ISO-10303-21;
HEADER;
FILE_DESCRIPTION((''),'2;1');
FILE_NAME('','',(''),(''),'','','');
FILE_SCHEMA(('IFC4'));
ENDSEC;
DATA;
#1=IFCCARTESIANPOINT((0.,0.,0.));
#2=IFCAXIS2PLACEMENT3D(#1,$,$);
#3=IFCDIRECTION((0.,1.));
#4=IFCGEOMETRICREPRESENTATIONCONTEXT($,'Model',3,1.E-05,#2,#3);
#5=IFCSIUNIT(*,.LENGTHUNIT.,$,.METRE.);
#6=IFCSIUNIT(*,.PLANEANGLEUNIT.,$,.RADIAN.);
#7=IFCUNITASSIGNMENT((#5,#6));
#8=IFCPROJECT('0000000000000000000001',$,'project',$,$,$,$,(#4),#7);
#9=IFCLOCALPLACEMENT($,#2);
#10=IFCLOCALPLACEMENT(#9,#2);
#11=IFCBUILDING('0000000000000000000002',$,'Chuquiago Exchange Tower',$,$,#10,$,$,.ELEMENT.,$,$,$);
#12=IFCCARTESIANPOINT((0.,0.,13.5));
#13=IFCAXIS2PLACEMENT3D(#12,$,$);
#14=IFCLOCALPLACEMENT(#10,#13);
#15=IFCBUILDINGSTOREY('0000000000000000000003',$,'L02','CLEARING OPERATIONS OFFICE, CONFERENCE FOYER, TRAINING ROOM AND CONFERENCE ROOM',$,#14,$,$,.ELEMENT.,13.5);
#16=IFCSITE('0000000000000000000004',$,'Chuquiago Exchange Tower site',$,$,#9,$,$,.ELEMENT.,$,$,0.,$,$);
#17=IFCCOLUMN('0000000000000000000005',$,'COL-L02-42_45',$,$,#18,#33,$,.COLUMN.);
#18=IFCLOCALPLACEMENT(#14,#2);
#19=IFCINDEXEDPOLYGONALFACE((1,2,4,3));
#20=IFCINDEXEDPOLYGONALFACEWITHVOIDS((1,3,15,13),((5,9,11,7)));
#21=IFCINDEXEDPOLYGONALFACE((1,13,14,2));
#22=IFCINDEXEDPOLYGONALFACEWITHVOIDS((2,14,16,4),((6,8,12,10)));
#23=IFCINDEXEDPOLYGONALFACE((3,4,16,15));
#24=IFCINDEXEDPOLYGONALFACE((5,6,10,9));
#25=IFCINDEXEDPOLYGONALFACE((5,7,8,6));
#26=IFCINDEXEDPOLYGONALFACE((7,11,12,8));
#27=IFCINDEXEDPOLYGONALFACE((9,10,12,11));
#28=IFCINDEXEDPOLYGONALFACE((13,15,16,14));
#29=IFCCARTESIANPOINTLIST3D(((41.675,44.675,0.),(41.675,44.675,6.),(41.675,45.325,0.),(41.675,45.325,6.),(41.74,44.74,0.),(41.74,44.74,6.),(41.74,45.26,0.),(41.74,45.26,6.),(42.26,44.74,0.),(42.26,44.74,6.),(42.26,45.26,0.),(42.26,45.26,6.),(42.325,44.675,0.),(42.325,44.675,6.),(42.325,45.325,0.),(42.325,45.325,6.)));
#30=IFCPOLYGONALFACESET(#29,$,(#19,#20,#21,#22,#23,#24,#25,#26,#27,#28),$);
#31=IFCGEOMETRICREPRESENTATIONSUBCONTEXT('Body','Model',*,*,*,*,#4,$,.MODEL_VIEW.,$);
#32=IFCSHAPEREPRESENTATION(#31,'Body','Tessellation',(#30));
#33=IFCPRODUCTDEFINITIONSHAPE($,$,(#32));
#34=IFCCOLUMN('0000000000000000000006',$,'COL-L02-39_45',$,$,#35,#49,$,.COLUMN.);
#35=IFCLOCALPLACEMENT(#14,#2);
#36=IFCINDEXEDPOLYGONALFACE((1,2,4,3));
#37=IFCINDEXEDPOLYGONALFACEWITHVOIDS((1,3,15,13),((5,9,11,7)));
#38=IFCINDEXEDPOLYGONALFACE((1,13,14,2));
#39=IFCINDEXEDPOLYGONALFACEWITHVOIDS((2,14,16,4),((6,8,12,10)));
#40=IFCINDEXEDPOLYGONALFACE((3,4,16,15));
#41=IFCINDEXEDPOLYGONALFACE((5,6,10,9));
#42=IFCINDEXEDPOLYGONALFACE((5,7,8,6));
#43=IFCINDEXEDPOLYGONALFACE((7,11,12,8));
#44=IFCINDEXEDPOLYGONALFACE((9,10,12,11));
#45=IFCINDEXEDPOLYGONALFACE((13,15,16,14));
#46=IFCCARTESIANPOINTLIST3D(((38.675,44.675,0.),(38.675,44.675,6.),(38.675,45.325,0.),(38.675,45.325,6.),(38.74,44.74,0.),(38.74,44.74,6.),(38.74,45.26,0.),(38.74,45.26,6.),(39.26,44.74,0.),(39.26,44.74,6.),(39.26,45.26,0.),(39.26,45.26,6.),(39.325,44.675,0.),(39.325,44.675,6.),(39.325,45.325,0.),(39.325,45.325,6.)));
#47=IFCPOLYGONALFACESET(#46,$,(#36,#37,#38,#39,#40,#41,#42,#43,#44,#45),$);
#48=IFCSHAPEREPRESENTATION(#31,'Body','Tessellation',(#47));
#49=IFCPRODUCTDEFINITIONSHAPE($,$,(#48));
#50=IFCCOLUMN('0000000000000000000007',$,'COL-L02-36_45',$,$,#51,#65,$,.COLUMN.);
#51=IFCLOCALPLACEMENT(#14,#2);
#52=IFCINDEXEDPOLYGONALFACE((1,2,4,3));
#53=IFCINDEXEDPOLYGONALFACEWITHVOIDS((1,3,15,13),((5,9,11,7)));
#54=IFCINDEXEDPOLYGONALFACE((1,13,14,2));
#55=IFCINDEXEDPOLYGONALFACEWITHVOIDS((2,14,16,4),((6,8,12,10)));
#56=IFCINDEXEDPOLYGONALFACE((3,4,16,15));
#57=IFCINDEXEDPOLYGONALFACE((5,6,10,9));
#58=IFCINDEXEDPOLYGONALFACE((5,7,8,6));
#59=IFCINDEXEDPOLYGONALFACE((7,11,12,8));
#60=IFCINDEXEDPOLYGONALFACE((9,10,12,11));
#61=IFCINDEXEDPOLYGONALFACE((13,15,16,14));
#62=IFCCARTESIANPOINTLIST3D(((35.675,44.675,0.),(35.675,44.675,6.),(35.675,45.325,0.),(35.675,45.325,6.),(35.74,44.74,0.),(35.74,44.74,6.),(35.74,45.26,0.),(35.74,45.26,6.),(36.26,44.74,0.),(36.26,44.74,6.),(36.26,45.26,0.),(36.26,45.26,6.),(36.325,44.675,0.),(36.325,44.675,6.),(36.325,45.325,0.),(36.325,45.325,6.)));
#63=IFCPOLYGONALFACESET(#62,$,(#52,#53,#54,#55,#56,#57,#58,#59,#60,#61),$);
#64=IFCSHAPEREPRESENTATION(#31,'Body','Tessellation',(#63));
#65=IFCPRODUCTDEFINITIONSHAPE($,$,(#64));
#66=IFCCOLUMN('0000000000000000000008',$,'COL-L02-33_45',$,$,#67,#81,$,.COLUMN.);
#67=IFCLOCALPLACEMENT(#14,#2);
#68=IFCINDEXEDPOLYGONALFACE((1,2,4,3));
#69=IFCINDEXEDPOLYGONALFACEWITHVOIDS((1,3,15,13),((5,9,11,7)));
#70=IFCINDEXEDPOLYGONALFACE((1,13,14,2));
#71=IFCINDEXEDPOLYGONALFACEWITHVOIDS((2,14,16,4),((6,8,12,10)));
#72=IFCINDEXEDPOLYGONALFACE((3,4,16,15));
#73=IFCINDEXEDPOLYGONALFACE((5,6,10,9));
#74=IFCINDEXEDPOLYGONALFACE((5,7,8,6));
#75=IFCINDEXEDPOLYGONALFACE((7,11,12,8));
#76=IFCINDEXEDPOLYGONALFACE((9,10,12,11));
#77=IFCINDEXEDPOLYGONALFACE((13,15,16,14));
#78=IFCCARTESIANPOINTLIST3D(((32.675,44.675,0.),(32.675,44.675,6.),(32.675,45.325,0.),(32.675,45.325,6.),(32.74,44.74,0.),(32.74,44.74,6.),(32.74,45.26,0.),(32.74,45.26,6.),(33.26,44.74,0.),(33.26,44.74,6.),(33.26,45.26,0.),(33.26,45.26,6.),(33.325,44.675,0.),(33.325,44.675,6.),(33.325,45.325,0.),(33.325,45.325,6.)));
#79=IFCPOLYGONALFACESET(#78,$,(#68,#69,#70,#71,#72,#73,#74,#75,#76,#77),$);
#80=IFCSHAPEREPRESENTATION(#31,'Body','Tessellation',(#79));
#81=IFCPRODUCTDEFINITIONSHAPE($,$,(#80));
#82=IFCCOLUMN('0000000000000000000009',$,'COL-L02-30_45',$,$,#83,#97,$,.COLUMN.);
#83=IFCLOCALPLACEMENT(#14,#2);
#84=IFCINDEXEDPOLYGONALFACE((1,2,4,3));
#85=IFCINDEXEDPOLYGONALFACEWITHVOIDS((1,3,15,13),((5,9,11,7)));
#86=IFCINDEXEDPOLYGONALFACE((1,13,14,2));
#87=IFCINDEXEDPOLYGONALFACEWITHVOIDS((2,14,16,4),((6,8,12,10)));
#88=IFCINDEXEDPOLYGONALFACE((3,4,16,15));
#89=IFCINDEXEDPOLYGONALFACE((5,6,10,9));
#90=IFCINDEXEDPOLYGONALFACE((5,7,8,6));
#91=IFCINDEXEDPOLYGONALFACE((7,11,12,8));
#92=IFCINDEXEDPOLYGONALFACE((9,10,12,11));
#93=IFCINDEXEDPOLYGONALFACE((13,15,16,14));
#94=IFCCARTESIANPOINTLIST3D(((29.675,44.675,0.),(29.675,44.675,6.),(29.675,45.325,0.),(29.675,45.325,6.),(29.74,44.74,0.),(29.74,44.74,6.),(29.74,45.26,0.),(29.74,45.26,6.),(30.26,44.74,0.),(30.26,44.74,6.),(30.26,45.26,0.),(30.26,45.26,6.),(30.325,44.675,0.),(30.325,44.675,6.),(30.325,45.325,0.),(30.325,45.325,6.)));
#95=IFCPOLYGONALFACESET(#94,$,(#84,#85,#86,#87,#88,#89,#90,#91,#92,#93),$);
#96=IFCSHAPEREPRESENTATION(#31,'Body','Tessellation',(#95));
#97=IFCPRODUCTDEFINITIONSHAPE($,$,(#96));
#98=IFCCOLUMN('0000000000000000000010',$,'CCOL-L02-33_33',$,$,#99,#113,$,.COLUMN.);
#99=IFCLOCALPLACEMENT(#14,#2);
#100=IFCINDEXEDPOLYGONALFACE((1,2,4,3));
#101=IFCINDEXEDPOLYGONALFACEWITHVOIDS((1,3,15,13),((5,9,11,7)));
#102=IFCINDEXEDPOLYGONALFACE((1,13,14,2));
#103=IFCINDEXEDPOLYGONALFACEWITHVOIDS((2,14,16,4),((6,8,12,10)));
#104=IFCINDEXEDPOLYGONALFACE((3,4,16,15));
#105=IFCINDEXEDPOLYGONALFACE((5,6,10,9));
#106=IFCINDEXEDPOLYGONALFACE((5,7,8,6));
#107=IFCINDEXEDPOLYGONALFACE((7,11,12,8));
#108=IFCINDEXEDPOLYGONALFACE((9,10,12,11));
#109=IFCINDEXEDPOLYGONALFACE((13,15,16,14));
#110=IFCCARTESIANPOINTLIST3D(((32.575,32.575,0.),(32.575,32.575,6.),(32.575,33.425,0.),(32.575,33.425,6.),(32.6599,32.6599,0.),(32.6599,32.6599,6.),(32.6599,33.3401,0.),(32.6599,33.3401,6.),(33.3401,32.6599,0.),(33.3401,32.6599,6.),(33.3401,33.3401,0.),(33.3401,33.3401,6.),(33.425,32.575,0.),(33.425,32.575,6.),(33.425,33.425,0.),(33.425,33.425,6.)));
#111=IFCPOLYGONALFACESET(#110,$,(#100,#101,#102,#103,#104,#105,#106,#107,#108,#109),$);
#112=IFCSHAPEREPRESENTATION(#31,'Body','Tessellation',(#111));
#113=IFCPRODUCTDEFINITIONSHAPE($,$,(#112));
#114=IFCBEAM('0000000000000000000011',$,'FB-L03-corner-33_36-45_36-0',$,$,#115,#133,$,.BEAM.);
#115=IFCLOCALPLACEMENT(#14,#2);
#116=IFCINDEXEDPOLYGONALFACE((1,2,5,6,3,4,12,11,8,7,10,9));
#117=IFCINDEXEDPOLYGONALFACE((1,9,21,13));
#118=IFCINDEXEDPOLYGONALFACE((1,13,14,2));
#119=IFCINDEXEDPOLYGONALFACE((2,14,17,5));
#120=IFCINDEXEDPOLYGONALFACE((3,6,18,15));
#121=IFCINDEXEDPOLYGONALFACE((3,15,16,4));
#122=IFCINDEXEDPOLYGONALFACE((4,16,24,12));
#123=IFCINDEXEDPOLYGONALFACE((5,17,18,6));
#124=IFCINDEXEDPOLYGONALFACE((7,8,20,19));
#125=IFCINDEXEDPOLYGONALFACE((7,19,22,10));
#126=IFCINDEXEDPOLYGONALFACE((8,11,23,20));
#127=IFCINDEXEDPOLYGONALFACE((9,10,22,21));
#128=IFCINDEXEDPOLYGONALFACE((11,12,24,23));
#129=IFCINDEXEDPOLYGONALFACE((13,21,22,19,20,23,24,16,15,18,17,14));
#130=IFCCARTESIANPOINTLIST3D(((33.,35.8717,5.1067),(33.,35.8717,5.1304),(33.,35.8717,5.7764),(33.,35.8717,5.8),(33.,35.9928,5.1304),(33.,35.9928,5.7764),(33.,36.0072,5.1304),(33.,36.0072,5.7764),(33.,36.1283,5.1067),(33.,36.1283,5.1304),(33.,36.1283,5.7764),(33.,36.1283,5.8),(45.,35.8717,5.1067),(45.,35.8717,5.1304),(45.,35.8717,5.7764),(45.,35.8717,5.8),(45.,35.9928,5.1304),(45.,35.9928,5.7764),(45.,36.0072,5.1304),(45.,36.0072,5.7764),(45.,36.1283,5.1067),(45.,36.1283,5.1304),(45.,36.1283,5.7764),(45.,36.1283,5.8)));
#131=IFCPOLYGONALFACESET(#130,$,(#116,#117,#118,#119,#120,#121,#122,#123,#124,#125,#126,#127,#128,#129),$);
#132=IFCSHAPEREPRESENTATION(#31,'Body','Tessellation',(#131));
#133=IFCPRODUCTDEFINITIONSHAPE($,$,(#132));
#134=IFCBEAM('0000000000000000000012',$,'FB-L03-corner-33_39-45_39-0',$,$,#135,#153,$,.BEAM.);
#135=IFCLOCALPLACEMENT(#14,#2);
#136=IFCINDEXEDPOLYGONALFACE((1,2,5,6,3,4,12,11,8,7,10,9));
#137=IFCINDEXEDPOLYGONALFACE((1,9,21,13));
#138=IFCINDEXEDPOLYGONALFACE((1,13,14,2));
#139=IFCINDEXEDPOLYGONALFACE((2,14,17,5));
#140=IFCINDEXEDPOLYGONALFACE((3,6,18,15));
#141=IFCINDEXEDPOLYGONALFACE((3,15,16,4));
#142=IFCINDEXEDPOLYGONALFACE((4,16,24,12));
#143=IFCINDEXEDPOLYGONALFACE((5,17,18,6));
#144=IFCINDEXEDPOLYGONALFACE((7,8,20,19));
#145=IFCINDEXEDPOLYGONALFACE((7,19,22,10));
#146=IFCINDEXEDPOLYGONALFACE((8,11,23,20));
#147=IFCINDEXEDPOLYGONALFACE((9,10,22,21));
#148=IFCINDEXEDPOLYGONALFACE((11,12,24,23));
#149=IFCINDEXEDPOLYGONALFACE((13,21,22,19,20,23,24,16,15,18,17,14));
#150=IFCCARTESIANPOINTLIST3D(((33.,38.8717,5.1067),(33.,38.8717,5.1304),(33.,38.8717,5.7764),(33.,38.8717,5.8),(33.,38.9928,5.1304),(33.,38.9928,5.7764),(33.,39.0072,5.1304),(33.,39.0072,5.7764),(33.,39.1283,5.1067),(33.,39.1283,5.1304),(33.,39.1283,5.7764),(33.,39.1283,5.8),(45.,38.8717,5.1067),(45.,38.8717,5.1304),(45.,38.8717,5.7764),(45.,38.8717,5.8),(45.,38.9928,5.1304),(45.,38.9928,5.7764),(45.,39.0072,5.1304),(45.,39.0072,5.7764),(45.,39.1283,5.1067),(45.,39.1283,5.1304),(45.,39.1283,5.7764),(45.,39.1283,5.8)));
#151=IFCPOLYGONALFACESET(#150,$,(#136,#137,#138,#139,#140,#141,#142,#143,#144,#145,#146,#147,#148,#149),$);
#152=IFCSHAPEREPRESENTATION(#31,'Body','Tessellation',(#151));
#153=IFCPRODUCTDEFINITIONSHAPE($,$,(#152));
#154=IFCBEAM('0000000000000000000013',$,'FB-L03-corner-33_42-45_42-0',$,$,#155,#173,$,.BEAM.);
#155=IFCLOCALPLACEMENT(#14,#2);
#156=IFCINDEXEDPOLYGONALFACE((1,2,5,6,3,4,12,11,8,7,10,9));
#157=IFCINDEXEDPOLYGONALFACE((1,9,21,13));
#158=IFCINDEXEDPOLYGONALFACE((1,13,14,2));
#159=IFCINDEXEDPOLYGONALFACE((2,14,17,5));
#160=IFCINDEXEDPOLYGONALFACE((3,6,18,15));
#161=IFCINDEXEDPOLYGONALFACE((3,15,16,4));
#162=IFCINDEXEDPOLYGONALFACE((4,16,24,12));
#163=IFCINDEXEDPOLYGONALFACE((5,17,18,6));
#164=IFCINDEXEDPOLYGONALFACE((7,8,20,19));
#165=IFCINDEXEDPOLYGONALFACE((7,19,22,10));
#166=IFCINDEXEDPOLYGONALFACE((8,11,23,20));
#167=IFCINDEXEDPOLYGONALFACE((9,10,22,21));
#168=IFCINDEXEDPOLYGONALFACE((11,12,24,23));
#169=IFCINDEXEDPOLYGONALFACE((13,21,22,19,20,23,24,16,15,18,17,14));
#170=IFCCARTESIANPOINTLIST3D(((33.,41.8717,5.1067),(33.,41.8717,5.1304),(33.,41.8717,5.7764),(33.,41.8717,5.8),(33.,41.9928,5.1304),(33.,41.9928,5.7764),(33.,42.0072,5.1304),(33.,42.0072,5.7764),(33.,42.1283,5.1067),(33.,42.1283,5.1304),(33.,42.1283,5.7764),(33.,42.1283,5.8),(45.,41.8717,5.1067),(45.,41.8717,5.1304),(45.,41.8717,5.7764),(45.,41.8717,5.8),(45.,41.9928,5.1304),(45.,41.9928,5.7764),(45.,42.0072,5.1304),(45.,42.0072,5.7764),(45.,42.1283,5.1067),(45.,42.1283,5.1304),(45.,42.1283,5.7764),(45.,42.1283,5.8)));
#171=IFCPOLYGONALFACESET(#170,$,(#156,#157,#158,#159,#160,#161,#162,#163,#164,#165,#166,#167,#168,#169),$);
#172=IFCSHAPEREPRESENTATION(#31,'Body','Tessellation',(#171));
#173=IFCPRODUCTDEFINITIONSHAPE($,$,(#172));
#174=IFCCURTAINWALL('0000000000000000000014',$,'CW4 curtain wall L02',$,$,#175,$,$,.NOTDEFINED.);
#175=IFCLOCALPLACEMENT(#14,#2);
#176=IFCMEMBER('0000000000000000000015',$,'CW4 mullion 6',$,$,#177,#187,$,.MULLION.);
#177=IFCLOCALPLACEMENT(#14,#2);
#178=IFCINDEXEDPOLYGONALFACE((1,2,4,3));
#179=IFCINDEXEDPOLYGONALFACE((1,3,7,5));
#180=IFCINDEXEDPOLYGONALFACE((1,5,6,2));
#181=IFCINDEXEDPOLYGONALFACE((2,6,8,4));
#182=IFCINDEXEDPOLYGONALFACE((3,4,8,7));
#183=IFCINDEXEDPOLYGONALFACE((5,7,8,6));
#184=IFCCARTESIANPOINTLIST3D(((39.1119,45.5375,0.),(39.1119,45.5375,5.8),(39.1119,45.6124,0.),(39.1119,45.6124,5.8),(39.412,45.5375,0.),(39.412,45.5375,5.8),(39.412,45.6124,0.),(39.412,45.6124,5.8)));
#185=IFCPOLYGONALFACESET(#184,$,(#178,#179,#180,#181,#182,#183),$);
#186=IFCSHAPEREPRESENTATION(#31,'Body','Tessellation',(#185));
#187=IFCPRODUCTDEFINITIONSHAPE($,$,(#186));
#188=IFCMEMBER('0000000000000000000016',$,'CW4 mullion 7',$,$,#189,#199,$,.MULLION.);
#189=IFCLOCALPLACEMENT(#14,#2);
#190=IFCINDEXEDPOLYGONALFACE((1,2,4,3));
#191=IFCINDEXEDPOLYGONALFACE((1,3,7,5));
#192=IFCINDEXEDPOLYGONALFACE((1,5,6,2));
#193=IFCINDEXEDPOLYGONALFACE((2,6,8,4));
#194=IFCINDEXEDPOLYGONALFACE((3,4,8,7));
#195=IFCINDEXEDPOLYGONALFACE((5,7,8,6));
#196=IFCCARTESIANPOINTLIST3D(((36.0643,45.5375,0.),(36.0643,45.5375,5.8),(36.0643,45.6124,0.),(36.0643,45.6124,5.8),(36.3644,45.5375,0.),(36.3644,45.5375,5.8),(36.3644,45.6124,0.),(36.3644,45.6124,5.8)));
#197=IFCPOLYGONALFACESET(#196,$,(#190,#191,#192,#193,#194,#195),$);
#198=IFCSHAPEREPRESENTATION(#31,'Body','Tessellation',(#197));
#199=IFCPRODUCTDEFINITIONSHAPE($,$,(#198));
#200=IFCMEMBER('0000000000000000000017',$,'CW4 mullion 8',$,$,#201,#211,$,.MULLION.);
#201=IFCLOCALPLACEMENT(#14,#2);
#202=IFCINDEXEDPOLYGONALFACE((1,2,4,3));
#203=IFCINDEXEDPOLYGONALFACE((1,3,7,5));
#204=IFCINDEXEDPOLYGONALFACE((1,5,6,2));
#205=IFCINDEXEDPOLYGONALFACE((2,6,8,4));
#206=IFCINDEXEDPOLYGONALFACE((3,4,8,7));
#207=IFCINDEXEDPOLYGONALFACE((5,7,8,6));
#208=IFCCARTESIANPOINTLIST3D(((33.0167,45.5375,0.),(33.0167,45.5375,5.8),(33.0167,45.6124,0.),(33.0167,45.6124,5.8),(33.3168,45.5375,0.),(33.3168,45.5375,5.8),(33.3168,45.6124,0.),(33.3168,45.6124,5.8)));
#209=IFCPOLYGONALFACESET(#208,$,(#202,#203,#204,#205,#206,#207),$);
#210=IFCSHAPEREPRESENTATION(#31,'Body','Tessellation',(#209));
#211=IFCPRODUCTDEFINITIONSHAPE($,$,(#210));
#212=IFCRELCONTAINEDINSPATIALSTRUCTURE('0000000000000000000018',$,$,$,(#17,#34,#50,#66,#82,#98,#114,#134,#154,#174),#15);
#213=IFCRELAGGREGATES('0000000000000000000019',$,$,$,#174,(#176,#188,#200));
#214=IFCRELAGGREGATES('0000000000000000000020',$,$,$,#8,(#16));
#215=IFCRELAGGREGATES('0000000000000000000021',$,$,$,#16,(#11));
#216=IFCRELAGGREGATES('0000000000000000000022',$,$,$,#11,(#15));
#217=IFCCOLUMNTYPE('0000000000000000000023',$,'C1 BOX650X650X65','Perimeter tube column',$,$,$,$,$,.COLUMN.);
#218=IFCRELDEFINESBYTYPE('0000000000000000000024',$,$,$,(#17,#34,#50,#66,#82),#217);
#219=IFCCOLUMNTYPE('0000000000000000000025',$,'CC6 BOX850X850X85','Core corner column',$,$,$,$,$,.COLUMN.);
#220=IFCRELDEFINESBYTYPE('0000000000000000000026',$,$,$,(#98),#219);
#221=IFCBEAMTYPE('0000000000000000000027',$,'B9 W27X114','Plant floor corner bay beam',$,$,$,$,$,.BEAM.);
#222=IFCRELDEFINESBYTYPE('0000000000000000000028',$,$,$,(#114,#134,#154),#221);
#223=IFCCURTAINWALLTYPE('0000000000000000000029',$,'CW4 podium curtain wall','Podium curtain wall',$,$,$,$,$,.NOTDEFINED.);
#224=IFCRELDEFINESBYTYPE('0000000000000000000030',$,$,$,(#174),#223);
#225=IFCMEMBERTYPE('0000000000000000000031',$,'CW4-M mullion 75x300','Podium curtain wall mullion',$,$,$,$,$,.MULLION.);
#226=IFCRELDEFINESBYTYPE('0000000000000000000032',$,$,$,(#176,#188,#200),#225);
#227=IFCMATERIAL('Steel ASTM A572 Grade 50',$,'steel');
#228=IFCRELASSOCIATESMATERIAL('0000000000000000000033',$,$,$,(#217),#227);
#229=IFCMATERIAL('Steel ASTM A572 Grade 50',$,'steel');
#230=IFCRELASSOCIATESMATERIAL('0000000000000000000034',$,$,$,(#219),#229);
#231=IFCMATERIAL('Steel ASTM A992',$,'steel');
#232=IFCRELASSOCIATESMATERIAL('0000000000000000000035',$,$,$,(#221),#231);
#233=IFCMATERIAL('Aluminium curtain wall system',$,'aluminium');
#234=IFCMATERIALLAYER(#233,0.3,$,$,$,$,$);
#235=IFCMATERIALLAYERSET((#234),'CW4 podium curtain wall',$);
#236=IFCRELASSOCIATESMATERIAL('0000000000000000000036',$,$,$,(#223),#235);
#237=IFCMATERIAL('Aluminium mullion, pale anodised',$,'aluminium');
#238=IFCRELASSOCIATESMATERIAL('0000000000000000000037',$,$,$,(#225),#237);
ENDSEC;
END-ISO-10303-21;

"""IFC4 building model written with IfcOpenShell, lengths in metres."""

from ifc_helpers import new_model, si_unit, direction, frame, origin, origin_2d, place, context, subcontext, project, spatial, rectangle, hollow_rectangle, i_section, extrude, material, layer, layer_set, material_profile, profile_set, type_object, element, aggregate, save


model = new_model("IFC4")

# Units and contexts
model_context = context("Model", 3, precision=1e-05, world=origin(), true_north=direction((0.0, 1.0)))
body_context = subcontext(model_context, "Body", "Model", "MODEL_VIEW")
ifc_project = project(units=[si_unit("LENGTHUNIT", "METRE"), si_unit("PLANEANGLEUNIT", "RADIAN")], contexts=[model_context])

# Site, building, storey
site_placement = place(None, origin())
site = spatial("IfcSite", under=ifc_project, at=site_placement, Name="Chuquiago Exchange Tower site", CompositionType="ELEMENT", RefElevation=0.0)
building_placement = place(site_placement, origin())
building = spatial("IfcBuilding", under=site, at=building_placement, Name="Chuquiago Exchange Tower", CompositionType="ELEMENT")
storey_placement = place(building_placement, frame((0.0, 0.0, 13.5)))
storey = spatial("IfcBuildingStorey", under=building, at=storey_placement, Name="L02", Description="CLEARING OPERATIONS OFFICE, CONFERENCE FOYER, TRAINING ROOM AND CONFERENCE ROOM", CompositionType="ELEMENT", Elevation=13.5)

# Columns
ifc_material_1 = material(Name="Steel ASTM A572 Grade 50", Category="steel")
ifc_material_profile_1 = material_profile(ifc_material_1, hollow_rectangle(XDim=0.6499, YDim=0.6499, WallThickness=0.0649, at=origin_2d()), Name="BOX650X650X65")
ifc_profile_set_1 = profile_set([ifc_material_profile_1], Name="Steel ASTM A572 Grade 50")
column_type_1 = type_object("IfcColumnType", Name="C1 BOX650X650X65", Description="Perimeter tube column", PredefinedType="COLUMN", material=ifc_profile_set_1)
for number, where, z_axis, x_axis, name in (
    (1, (42.0, 45.0, 0.0), (0.0, 0.0, 1.0), (0.0, 1.0, 0.0), "COL-L02-42_45"),
    (2, (39.0, 45.0, 0.0), (0.0, 0.0, 1.0), (0.0, 1.0, 0.0), "COL-L02-39_45"),
    (3, (36.0, 45.0, 0.0), (0.0, 0.0, 1.0), (0.0, 1.0, 0.0), "COL-L02-36_45"),
    (4, (33.0, 45.0, 0.0), (0.0, 0.0, 1.0), (0.0, 1.0, 0.0), "COL-L02-33_45"),
    (5, (30.0, 45.0, 0.0), (0.0, 0.0, 1.0), (0.0, 1.0, 0.0), "COL-L02-30_45"),
):
    element("IfcColumn", number, at=place(storey_placement, frame(where, z_axis=z_axis, x_axis=x_axis)), inside=storey, type_object=column_type_1, Name=name, PredefinedType="COLUMN", context=body_context, shape_type="SweptSolid", body=[
        extrude(hollow_rectangle(XDim=0.6499, YDim=0.6499, WallThickness=0.0649, at=origin_2d()), origin(), (0.0, 0.0, 1.0), 6.0),
    ])
ifc_material_2 = material(Name="Steel ASTM A572 Grade 50", Category="steel")
ifc_material_profile_2 = material_profile(ifc_material_2, hollow_rectangle(XDim=0.8501, YDim=0.8501, WallThickness=0.085, at=origin_2d()), Name="BOX850X850X85")
ifc_profile_set_2 = profile_set([ifc_material_profile_2], Name="Steel ASTM A572 Grade 50")
column_type_2 = type_object("IfcColumnType", Name="CC6 BOX850X850X85", Description="Core corner column", PredefinedType="COLUMN", material=ifc_profile_set_2)
column_placement = place(storey_placement, frame((33.0, 33.0, 0.0), z_axis=(0.0, 0.0, 1.0), x_axis=(1.0, 0.0, 0.0)))
element("IfcColumn", 6, at=column_placement, inside=storey, type_object=column_type_2, Name="CCOL-L02-33_33", PredefinedType="COLUMN", context=body_context, shape_type="SweptSolid", body=[
    extrude(hollow_rectangle(XDim=0.8501, YDim=0.8501, WallThickness=0.085, at=origin_2d()), origin(), (0.0, 0.0, 1.0), 6.0),
])

# Beams
ifc_material_3 = material(Name="Steel ASTM A992", Category="steel")
ifc_material_profile_3 = material_profile(ifc_material_3, i_section(OverallWidth=0.2566, OverallDepth=0.6934, WebThickness=0.0144, FlangeThickness=0.0237, at=origin_2d()), Name="W27X114")
ifc_profile_set_3 = profile_set([ifc_material_profile_3], Name="Steel ASTM A992")
beam_type_1 = type_object("IfcBeamType", Name="B9 W27X114", Description="Plant floor corner bay beam", PredefinedType="BEAM", material=ifc_profile_set_3)
for number, where, z_axis, x_axis, name in (
    (7, (33.0, 36.0, 5.4534), (1.0, 0.0, 0.0), (0.0, 1.0, 0.0), "FB-L03-corner-33_36-45_36-0"),
    (8, (33.0, 39.0, 5.4534), (1.0, 0.0, 0.0), (0.0, 1.0, 0.0), "FB-L03-corner-33_39-45_39-0"),
    (9, (33.0, 42.0, 5.4534), (1.0, 0.0, 0.0), (0.0, 1.0, 0.0), "FB-L03-corner-33_42-45_42-0"),
):
    element("IfcBeam", number, at=place(storey_placement, frame(where, z_axis=z_axis, x_axis=x_axis)), inside=storey, type_object=beam_type_1, Name=name, PredefinedType="BEAM", context=body_context, shape_type="SweptSolid", body=[
        extrude(i_section(OverallWidth=0.2566, OverallDepth=0.6934, WebThickness=0.0144, FlangeThickness=0.0237, at=origin_2d()), origin(), (0.0, 0.0, 1.0), 12.0),
    ])

# Curtain wall, members
ifc_material_4 = material(Name="Aluminium curtain wall system", Category="aluminium")
ifc_layer_1 = layer(ifc_material_4, 0.3)
ifc_layer_set_1 = layer_set([ifc_layer_1], Name="CW4 podium curtain wall")
curtain_wall_type = type_object("IfcCurtainWallType", Name="CW4 podium curtain wall", Description="Podium curtain wall", PredefinedType="NOTDEFINED", material=ifc_layer_set_1)
curtain_wall_placement = place(storey_placement, origin())
curtain_wall = element("IfcCurtainWall", 10, at=curtain_wall_placement, inside=storey, type_object=curtain_wall_type, Name="CW4 curtain wall L02", PredefinedType="NOTDEFINED")
ifc_material_5 = material(Name="Aluminium mullion, pale anodised", Category="aluminium")
ifc_material_profile_4 = material_profile(ifc_material_5, rectangle(XDim=0.075, YDim=0.3, at=origin_2d()), Name="AL 75x300")
ifc_profile_set_4 = profile_set([ifc_material_profile_4], Name="Aluminium mullion, pale anodised")
member_type_1 = type_object("IfcMemberType", Name="CW4-M mullion 75x300", Description="Podium curtain wall mullion", PredefinedType="MULLION", material=ifc_profile_set_4)
member_1_placement = place(storey_placement, frame((39.262, 45.575, 0.0), z_axis=(0.0, 0.0, 1.0), x_axis=(0.0, -1.0, 0.0)))
member_1 = element("IfcMember", 11, at=member_1_placement, type_object=member_type_1, Name="CW4 mullion 6", PredefinedType="MULLION", context=body_context, shape_type="SweptSolid", body=[
    extrude(rectangle(XDim=0.075, YDim=0.3, at=origin_2d()), origin(), (0.0, 0.0, 1.0), 5.8),
])
member_2_placement = place(storey_placement, frame((36.2144, 45.575, 0.0), z_axis=(0.0, 0.0, 1.0), x_axis=(0.0, -1.0, 0.0)))
member_2 = element("IfcMember", 12, at=member_2_placement, type_object=member_type_1, Name="CW4 mullion 7", PredefinedType="MULLION", context=body_context, shape_type="SweptSolid", body=[
    extrude(rectangle(XDim=0.075, YDim=0.3, at=origin_2d()), origin(), (0.0, 0.0, 1.0), 5.8),
])
member_3_placement = place(storey_placement, frame((33.1667, 45.575, 0.0), z_axis=(0.0, 0.0, 1.0), x_axis=(0.0, -1.0, 0.0)))
member_3 = element("IfcMember", 13, at=member_3_placement, type_object=member_type_1, Name="CW4 mullion 8", PredefinedType="MULLION", context=body_context, shape_type="SweptSolid", body=[
    extrude(rectangle(XDim=0.075, YDim=0.3, at=origin_2d()), origin(), (0.0, 0.0, 1.0), 5.8),
])

aggregate(curtain_wall, [member_1, member_2, member_3])

save(model, "model.ifc")
